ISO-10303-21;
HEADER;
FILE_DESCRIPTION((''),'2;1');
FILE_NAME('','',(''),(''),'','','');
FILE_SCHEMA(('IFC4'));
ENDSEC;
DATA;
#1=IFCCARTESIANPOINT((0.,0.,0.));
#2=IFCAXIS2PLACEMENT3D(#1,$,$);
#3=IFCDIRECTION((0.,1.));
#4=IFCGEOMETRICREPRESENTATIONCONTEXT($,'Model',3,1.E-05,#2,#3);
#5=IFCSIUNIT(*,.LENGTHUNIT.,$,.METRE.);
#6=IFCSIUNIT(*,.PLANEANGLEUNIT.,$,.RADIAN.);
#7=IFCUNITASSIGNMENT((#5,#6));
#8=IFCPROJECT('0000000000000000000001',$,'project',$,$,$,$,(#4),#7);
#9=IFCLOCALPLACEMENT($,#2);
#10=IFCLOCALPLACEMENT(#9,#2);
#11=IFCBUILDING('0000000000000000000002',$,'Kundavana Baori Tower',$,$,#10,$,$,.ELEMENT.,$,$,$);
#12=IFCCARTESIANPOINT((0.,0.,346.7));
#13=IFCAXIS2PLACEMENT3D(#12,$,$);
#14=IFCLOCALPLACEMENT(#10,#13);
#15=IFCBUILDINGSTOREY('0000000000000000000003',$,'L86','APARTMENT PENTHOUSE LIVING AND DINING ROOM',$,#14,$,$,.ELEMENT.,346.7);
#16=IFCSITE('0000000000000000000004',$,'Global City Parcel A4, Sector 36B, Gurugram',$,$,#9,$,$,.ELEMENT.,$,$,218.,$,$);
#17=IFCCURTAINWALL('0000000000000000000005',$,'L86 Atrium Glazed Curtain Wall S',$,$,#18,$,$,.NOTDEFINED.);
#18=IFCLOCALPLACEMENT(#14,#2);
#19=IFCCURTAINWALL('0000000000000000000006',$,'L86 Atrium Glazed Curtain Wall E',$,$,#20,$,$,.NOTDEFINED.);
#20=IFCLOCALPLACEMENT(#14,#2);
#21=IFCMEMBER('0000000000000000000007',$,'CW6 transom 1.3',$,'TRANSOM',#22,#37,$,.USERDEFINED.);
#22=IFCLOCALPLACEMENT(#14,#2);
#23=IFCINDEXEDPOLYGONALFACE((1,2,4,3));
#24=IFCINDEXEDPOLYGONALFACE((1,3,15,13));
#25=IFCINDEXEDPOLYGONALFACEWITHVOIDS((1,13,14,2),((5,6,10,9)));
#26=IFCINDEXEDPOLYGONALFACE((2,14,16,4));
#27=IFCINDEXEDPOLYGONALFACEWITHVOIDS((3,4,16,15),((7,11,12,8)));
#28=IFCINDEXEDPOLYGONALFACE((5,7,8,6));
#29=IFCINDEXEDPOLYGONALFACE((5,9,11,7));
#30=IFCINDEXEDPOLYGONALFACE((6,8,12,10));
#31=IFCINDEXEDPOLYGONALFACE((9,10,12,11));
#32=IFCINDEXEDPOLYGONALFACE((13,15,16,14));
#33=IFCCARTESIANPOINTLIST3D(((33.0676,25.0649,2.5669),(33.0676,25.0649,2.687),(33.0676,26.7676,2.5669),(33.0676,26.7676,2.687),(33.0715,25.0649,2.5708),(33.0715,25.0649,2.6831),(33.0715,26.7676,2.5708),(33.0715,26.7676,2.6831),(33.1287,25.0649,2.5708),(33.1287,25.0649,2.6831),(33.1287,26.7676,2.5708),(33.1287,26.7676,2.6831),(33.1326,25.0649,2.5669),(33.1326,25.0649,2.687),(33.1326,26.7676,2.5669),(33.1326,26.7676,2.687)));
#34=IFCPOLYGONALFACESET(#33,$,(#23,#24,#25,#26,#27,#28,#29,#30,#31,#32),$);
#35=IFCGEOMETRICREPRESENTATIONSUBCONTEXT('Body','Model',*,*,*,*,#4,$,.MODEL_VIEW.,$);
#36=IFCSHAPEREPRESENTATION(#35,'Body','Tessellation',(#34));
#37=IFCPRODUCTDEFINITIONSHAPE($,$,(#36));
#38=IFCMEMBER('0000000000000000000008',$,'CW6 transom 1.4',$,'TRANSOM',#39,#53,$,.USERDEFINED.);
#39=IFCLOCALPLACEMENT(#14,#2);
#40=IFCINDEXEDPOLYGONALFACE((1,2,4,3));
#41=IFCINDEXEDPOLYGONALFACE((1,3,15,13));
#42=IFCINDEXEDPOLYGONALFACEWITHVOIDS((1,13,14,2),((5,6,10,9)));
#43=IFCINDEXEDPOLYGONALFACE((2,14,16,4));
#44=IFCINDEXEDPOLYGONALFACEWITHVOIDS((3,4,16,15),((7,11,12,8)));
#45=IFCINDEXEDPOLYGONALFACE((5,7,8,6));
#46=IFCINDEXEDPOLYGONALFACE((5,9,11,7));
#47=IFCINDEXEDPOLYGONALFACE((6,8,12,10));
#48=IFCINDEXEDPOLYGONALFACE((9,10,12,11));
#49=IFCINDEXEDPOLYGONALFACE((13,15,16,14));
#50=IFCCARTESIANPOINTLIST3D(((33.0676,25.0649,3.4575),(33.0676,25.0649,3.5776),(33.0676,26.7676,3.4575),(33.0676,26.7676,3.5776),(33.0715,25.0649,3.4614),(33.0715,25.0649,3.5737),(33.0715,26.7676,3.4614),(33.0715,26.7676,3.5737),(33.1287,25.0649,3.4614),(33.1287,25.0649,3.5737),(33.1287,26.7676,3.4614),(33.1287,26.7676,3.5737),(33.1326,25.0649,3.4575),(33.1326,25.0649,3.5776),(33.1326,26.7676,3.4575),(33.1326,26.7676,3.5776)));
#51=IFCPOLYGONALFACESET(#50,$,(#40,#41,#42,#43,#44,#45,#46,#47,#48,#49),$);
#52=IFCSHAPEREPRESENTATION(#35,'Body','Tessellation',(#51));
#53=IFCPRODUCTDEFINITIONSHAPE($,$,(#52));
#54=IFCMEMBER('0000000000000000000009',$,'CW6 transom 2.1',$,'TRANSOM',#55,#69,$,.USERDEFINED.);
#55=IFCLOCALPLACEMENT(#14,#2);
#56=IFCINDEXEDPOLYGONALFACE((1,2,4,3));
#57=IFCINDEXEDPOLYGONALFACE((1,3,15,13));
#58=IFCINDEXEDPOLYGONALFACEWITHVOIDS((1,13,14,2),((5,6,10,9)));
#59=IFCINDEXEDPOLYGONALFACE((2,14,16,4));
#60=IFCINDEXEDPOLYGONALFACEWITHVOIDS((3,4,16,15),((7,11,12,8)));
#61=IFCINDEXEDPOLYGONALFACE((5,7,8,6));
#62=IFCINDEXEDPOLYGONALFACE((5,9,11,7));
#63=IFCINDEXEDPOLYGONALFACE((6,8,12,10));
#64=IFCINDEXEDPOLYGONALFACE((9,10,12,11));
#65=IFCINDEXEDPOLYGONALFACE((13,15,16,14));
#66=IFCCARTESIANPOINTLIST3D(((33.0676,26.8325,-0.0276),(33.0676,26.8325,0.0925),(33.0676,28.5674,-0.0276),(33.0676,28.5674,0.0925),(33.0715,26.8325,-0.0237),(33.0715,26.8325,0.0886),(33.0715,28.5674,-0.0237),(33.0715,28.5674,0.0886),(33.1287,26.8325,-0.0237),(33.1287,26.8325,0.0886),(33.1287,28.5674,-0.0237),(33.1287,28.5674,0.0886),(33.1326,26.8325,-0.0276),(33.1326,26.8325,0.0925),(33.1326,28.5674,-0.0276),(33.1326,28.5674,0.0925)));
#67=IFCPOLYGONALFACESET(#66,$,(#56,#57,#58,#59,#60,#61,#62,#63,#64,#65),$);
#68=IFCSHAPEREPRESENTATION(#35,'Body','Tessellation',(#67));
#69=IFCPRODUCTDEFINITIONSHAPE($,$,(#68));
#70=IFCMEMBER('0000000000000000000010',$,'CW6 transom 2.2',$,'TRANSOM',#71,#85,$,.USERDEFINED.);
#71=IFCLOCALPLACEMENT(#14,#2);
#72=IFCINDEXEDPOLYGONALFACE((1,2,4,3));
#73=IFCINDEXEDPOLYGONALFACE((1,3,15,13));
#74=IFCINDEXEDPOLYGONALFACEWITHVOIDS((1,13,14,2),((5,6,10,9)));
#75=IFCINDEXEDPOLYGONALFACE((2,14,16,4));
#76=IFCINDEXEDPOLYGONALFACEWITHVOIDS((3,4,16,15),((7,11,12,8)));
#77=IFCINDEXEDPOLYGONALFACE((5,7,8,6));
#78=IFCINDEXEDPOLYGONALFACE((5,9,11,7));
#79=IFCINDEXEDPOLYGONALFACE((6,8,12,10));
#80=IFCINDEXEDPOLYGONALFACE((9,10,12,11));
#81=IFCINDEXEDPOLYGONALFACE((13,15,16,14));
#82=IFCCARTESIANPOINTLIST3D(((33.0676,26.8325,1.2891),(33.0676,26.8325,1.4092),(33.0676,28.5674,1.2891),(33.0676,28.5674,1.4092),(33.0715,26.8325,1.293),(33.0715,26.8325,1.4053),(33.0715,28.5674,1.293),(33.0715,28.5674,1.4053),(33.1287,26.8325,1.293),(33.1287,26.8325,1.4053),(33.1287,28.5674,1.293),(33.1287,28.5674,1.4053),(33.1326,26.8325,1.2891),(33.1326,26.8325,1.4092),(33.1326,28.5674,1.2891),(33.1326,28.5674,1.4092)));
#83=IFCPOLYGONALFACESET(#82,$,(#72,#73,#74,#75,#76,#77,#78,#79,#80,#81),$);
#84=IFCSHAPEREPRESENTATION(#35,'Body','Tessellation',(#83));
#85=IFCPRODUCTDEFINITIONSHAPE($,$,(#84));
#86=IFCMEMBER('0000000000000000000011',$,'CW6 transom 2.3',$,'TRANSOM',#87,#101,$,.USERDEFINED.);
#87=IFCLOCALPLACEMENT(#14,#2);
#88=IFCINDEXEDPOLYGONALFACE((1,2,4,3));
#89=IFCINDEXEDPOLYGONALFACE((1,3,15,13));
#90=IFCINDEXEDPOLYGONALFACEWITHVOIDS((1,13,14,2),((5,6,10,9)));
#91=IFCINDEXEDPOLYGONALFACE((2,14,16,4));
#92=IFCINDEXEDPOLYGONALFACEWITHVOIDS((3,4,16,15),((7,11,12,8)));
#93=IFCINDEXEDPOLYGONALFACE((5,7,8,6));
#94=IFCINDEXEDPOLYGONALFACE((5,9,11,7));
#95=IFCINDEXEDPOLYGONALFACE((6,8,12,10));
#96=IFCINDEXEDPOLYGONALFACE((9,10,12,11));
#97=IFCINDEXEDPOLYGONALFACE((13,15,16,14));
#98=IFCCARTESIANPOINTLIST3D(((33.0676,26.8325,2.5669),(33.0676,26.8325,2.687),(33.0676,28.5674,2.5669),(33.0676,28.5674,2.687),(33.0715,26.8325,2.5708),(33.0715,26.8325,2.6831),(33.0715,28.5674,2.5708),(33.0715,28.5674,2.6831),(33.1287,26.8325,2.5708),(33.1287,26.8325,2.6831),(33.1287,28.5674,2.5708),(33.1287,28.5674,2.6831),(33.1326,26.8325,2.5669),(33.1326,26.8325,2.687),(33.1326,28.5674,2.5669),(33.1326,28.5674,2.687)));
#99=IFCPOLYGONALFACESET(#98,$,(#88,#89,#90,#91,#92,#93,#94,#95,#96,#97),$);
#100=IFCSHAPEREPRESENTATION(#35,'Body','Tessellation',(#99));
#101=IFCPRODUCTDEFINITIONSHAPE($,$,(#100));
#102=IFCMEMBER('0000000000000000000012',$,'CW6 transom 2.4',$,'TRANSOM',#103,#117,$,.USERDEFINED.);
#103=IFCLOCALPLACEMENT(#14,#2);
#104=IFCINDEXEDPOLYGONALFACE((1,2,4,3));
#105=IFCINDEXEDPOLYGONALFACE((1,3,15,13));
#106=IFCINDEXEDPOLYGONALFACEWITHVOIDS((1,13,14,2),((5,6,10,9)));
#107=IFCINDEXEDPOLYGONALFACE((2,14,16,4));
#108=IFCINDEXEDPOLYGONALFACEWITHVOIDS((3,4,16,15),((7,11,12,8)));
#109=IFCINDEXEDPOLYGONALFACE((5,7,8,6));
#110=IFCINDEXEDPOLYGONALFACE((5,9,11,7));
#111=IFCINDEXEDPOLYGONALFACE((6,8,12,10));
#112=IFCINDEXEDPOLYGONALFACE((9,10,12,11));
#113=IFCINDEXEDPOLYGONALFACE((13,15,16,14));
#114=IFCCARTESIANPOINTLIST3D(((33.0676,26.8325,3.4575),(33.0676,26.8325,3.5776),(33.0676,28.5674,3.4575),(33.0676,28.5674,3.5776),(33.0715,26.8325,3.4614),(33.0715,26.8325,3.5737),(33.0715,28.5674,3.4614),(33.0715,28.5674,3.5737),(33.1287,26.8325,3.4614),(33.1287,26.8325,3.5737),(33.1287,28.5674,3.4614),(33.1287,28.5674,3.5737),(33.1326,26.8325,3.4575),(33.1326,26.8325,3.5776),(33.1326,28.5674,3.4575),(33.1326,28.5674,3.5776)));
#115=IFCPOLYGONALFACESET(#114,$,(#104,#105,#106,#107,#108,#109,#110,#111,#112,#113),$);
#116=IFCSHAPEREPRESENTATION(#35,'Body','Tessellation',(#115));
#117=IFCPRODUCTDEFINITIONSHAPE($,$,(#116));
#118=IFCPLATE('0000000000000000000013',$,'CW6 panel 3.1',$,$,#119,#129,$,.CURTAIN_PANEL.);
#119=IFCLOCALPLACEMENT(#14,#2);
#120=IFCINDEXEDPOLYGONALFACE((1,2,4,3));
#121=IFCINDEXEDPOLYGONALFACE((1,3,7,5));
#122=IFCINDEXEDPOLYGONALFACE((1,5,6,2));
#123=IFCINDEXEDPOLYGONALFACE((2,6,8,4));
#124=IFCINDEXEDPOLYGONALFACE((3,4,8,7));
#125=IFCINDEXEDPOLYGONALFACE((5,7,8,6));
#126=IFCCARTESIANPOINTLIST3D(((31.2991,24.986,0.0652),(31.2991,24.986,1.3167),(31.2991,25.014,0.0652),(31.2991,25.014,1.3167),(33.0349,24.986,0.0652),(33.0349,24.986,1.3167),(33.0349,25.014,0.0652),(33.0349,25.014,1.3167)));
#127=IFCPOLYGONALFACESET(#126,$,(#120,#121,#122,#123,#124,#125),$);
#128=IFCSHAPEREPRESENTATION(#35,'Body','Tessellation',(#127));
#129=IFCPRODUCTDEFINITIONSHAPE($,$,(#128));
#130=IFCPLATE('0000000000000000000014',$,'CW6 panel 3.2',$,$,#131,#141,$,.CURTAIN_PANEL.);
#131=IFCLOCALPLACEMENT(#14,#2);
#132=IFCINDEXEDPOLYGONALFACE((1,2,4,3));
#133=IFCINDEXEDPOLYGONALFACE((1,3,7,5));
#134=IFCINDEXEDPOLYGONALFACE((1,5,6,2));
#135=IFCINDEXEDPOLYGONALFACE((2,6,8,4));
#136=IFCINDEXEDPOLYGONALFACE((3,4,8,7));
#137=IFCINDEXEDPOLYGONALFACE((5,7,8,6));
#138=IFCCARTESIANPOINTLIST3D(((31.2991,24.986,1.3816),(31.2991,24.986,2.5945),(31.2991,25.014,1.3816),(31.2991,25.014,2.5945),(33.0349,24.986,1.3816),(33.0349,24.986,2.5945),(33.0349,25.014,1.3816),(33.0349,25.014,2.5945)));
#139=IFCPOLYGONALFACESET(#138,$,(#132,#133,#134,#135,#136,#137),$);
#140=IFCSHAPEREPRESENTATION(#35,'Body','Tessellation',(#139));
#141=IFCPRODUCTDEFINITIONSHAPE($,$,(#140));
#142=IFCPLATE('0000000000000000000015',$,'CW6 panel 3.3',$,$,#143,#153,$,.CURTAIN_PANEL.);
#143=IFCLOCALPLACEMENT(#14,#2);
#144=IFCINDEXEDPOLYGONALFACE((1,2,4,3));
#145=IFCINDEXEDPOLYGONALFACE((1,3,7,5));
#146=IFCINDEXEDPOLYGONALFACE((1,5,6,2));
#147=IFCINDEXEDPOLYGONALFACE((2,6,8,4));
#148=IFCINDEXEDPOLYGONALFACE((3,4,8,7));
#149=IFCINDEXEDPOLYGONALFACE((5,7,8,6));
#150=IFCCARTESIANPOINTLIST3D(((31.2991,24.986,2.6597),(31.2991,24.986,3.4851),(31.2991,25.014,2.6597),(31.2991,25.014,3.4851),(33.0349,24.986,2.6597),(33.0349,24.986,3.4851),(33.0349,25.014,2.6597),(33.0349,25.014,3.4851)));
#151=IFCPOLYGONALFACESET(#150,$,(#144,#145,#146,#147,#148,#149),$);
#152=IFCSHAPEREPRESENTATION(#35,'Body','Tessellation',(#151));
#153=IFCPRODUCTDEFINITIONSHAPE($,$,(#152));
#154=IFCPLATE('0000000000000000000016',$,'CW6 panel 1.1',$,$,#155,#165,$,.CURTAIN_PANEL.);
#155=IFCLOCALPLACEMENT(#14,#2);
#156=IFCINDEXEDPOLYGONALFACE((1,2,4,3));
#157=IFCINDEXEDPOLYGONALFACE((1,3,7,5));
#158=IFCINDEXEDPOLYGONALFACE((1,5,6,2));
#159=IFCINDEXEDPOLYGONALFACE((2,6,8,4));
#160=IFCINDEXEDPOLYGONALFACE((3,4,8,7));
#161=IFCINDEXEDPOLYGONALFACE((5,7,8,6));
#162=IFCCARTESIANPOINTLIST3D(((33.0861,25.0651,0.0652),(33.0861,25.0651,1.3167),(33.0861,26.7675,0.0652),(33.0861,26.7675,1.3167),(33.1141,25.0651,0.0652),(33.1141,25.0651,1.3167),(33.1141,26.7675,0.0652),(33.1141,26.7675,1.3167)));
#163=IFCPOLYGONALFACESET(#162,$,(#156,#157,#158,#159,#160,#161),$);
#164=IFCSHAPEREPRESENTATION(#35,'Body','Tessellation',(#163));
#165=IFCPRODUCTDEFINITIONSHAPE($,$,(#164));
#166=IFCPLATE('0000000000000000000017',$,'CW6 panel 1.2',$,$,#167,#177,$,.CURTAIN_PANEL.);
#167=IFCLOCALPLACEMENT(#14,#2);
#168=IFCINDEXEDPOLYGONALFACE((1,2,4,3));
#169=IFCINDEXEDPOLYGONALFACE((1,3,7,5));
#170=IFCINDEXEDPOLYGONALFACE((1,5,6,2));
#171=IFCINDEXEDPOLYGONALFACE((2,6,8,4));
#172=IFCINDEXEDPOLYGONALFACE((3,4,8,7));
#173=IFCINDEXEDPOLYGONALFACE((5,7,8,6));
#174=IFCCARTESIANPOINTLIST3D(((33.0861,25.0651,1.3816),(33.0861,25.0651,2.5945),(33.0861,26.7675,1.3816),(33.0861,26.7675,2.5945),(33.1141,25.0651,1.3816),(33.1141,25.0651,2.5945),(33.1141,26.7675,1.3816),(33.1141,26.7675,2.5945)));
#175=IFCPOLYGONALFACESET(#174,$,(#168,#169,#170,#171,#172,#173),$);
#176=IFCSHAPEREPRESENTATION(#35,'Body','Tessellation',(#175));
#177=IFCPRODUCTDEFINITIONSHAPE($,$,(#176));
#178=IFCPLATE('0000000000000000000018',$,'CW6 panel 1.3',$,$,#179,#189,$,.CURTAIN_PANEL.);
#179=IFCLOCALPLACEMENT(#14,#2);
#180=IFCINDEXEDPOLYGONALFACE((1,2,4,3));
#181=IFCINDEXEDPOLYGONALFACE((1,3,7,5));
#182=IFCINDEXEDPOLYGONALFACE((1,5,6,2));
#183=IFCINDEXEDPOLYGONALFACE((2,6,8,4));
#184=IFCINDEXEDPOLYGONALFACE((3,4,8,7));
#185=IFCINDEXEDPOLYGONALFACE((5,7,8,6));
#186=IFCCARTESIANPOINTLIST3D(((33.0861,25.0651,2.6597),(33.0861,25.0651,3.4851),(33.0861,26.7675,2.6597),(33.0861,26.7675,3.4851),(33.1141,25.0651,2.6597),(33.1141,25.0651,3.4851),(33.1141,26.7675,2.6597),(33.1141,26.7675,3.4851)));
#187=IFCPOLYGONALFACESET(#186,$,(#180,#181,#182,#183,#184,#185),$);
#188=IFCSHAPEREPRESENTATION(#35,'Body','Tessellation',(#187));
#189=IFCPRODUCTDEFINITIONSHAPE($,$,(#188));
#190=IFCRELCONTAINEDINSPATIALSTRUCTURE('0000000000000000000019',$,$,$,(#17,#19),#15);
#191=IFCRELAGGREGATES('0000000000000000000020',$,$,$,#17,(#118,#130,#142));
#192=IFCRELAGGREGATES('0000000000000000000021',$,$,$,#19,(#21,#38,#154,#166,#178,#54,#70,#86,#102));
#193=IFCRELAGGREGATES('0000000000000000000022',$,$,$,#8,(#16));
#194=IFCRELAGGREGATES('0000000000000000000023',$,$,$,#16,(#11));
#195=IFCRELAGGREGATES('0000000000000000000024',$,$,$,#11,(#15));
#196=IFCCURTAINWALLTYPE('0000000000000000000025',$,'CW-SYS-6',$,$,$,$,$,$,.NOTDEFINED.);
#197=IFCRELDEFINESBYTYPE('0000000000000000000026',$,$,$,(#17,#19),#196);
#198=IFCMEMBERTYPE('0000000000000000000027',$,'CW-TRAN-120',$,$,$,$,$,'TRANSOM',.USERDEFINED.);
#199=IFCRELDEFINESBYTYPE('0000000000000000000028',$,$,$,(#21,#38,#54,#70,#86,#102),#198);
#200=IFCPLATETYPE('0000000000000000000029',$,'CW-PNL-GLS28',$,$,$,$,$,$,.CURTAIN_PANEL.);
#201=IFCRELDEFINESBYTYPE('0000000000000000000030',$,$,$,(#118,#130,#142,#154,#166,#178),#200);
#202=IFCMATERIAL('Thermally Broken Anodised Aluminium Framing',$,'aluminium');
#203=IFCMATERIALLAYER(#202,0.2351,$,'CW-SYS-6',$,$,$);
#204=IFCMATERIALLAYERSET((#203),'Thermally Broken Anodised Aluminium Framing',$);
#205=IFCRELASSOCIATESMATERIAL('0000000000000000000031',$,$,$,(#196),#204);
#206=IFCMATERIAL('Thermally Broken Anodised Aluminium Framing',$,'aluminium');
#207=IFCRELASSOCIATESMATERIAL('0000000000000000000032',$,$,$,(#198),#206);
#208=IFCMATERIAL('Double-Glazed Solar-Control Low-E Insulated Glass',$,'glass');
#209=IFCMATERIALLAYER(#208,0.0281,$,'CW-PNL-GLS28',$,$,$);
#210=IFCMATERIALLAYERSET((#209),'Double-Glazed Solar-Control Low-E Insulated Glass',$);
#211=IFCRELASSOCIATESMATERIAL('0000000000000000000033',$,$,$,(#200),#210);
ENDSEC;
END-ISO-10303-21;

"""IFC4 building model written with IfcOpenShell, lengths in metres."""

from ifc_helpers import new_model, si_unit, direction, frame, origin, origin_2d, place, context, subcontext, project, spatial, rectangle, hollow_rectangle, extrude, material, layer, layer_set, material_profile, profile_set, type_object, element, aggregate, save


model = new_model("IFC4")

# Units and contexts
model_context = context("Model", 3, precision=1e-05, world=origin(), true_north=direction((0.0, 1.0)))
body_context = subcontext(model_context, "Body", "Model", "MODEL_VIEW")
ifc_project = project(units=[si_unit("LENGTHUNIT", "METRE"), si_unit("PLANEANGLEUNIT", "RADIAN")], contexts=[model_context])

# Site, building, storey
site_placement = place(None, origin())
site = spatial("IfcSite", under=ifc_project, at=site_placement, Name="Global City Parcel A4, Sector 36B, Gurugram", CompositionType="ELEMENT", RefElevation=218.0)
building_placement = place(site_placement, origin())
building = spatial("IfcBuilding", under=site, at=building_placement, Name="Kundavana Baori Tower", CompositionType="ELEMENT")
storey_placement = place(building_placement, frame((0.0, 0.0, 346.7)))
storey = spatial("IfcBuildingStorey", under=building, at=storey_placement, Name="L86", Description="APARTMENT PENTHOUSE LIVING AND DINING ROOM", CompositionType="ELEMENT", Elevation=346.7)

# Curtain walls
ifc_material_1 = material(Name="Thermally Broken Anodised Aluminium Framing", Category="aluminium")
ifc_layer_1 = layer(ifc_material_1, 0.2351, Name="CW-SYS-6")
ifc_layer_set_1 = layer_set([ifc_layer_1], Name="Thermally Broken Anodised Aluminium Framing")
curtain_wall_type = type_object("IfcCurtainWallType", Name="CW-SYS-6", PredefinedType="NOTDEFINED", material=ifc_layer_set_1)
curtain_wall_1_placement = place(storey_placement, origin())
curtain_wall_1 = element("IfcCurtainWall", 1, at=curtain_wall_1_placement, inside=storey, type_object=curtain_wall_type, Name="L86 Atrium Glazed Curtain Wall S", PredefinedType="NOTDEFINED")
curtain_wall_2_placement = place(storey_placement, origin())
curtain_wall_2 = element("IfcCurtainWall", 2, at=curtain_wall_2_placement, inside=storey, type_object=curtain_wall_type, Name="L86 Atrium Glazed Curtain Wall E", PredefinedType="NOTDEFINED")

# Members
ifc_material_2 = material(Name="Thermally Broken Anodised Aluminium Framing", Category="aluminium")
ifc_material_profile_1 = material_profile(ifc_material_2, hollow_rectangle(XDim=0.0649, YDim=0.1201, WallThickness=0.0039, at=origin_2d()), Name="CW-TRAN-120")
ifc_profile_set_1 = profile_set([ifc_material_profile_1], Name="Thermally Broken Anodised Aluminium Framing")
member_type_1 = type_object("IfcMemberType", Name="CW-TRAN-120", ElementType="TRANSOM", PredefinedType="USERDEFINED", material=ifc_profile_set_1)
member_1_placement = place(storey_placement, frame((33.1001, 25.0649, 2.627), z_axis=(0.0, 1.0, 0.0), x_axis=(-1.0, 0.0, 0.0)))
member_1 = element("IfcMember", 3, at=member_1_placement, type_object=member_type_1, Name="CW6 transom 1.3", ObjectType="TRANSOM", PredefinedType="USERDEFINED", context=body_context, shape_type="SweptSolid", body=[
    extrude(hollow_rectangle(XDim=0.0649, YDim=0.1201, WallThickness=0.0039, at=origin_2d()), origin(), (0.0, 0.0, 1.0), 1.7026),
])
member_2_placement = place(storey_placement, frame((33.1001, 25.0649, 3.5176), z_axis=(0.0, 1.0, 0.0), x_axis=(-1.0, 0.0, 0.0)))
member_2 = element("IfcMember", 4, at=member_2_placement, type_object=member_type_1, Name="CW6 transom 1.4", ObjectType="TRANSOM", PredefinedType="USERDEFINED", context=body_context, shape_type="SweptSolid", body=[
    extrude(hollow_rectangle(XDim=0.0649, YDim=0.1201, WallThickness=0.0039, at=origin_2d()), origin(), (0.0, 0.0, 1.0), 1.7026),
])
member_3_placement = place(storey_placement, frame((33.1001, 26.8325, 0.0325), z_axis=(0.0, 1.0, 0.0), x_axis=(-1.0, 0.0, 0.0)))
member_3 = element("IfcMember", 5, at=member_3_placement, type_object=member_type_1, Name="CW6 transom 2.1", ObjectType="TRANSOM", PredefinedType="USERDEFINED", context=body_context, shape_type="SweptSolid", body=[
    extrude(hollow_rectangle(XDim=0.0649, YDim=0.1201, WallThickness=0.0039, at=origin_2d()), origin(), (0.0, 0.0, 1.0), 1.7349),
])
member_4_placement = place(storey_placement, frame((33.1001, 26.8325, 1.3491), z_axis=(0.0, 1.0, 0.0), x_axis=(-1.0, 0.0, 0.0)))
member_4 = element("IfcMember", 6, at=member_4_placement, type_object=member_type_1, Name="CW6 transom 2.2", ObjectType="TRANSOM", PredefinedType="USERDEFINED", context=body_context, shape_type="SweptSolid", body=[
    extrude(hollow_rectangle(XDim=0.0649, YDim=0.1201, WallThickness=0.0039, at=origin_2d()), origin(), (0.0, 0.0, 1.0), 1.7349),
])
member_5_placement = place(storey_placement, frame((33.1001, 26.8325, 2.627), z_axis=(0.0, 1.0, 0.0), x_axis=(-1.0, 0.0, 0.0)))
member_5 = element("IfcMember", 7, at=member_5_placement, type_object=member_type_1, Name="CW6 transom 2.3", ObjectType="TRANSOM", PredefinedType="USERDEFINED", context=body_context, shape_type="SweptSolid", body=[
    extrude(hollow_rectangle(XDim=0.0649, YDim=0.1201, WallThickness=0.0039, at=origin_2d()), origin(), (0.0, 0.0, 1.0), 1.7349),
])
member_6_placement = place(storey_placement, frame((33.1001, 26.8325, 3.5176), z_axis=(0.0, 1.0, 0.0), x_axis=(-1.0, 0.0, 0.0)))
member_6 = element("IfcMember", 8, at=member_6_placement, type_object=member_type_1, Name="CW6 transom 2.4", ObjectType="TRANSOM", PredefinedType="USERDEFINED", context=body_context, shape_type="SweptSolid", body=[
    extrude(hollow_rectangle(XDim=0.0649, YDim=0.1201, WallThickness=0.0039, at=origin_2d()), origin(), (0.0, 0.0, 1.0), 1.7349),
])

# Plates
ifc_material_3 = material(Name="Double-Glazed Solar-Control Low-E Insulated Glass", Category="glass")
ifc_layer_2 = layer(ifc_material_3, 0.0281, Name="CW-PNL-GLS28")
ifc_layer_set_2 = layer_set([ifc_layer_2], Name="Double-Glazed Solar-Control Low-E Insulated Glass")
plate_type = type_object("IfcPlateType", Name="CW-PNL-GLS28", PredefinedType="CURTAIN_PANEL", material=ifc_layer_set_2)
plate_1_placement = place(storey_placement, frame((32.167, 25.0, 0.0652), z_axis=(0.0, 0.0, 1.0), x_axis=(1.0, 0.0, 0.0)))
plate_1 = element("IfcPlate", 9, at=plate_1_placement, type_object=plate_type, Name="CW6 panel 3.1", PredefinedType="CURTAIN_PANEL", context=body_context, shape_type="SweptSolid", body=[
    extrude(rectangle(XDim=1.7358, YDim=0.0281, at=origin_2d()), origin(), (0.0, 0.0, 1.0), 1.2515),
])
plate_2_placement = place(storey_placement, frame((32.167, 25.0, 1.3816), z_axis=(0.0, 0.0, 1.0), x_axis=(1.0, 0.0, 0.0)))
plate_2 = element("IfcPlate", 10, at=plate_2_placement, type_object=plate_type, Name="CW6 panel 3.2", PredefinedType="CURTAIN_PANEL", context=body_context, shape_type="SweptSolid", body=[
    extrude(rectangle(XDim=1.7358, YDim=0.0281, at=origin_2d()), origin(), (0.0, 0.0, 1.0), 1.2129),
])
plate_3_placement = place(storey_placement, frame((32.167, 25.0, 2.6597), z_axis=(0.0, 0.0, 1.0), x_axis=(1.0, 0.0, 0.0)))
plate_3 = element("IfcPlate", 11, at=plate_3_placement, type_object=plate_type, Name="CW6 panel 3.3", PredefinedType="CURTAIN_PANEL", context=body_context, shape_type="SweptSolid", body=[
    extrude(rectangle(XDim=1.7358, YDim=0.0281, at=origin_2d()), origin(), (0.0, 0.0, 1.0), 0.8254),
])
aggregate(curtain_wall_1, [plate_1, plate_2, plate_3])
plate_4_placement = place(storey_placement, frame((33.1001, 25.9163, 0.0652), z_axis=(0.0, 0.0, 1.0), x_axis=(0.0, 1.0, 0.0)))
plate_4 = element("IfcPlate", 12, at=plate_4_placement, type_object=plate_type, Name="CW6 panel 1.1", PredefinedType="CURTAIN_PANEL", context=body_context, shape_type="SweptSolid", body=[
    extrude(rectangle(XDim=1.7024, YDim=0.0281, at=origin_2d()), origin(), (0.0, 0.0, 1.0), 1.2515),
])
plate_5_placement = place(storey_placement, frame((33.1001, 25.9163, 1.3816), z_axis=(0.0, 0.0, 1.0), x_axis=(0.0, 1.0, 0.0)))
plate_5 = element("IfcPlate", 13, at=plate_5_placement, type_object=plate_type, Name="CW6 panel 1.2", PredefinedType="CURTAIN_PANEL", context=body_context, shape_type="SweptSolid", body=[
    extrude(rectangle(XDim=1.7024, YDim=0.0281, at=origin_2d()), origin(), (0.0, 0.0, 1.0), 1.2129),
])
plate_6_placement = place(storey_placement, frame((33.1001, 25.9163, 2.6597), z_axis=(0.0, 0.0, 1.0), x_axis=(0.0, 1.0, 0.0)))
plate_6 = element("IfcPlate", 14, at=plate_6_placement, type_object=plate_type, Name="CW6 panel 1.3", PredefinedType="CURTAIN_PANEL", context=body_context, shape_type="SweptSolid", body=[
    extrude(rectangle(XDim=1.7024, YDim=0.0281, at=origin_2d()), origin(), (0.0, 0.0, 1.0), 0.8254),
])
aggregate(curtain_wall_2, [member_1, member_2, plate_4, plate_5, plate_6, member_3, member_4, member_5, member_6])

save(model, "model.ifc")
